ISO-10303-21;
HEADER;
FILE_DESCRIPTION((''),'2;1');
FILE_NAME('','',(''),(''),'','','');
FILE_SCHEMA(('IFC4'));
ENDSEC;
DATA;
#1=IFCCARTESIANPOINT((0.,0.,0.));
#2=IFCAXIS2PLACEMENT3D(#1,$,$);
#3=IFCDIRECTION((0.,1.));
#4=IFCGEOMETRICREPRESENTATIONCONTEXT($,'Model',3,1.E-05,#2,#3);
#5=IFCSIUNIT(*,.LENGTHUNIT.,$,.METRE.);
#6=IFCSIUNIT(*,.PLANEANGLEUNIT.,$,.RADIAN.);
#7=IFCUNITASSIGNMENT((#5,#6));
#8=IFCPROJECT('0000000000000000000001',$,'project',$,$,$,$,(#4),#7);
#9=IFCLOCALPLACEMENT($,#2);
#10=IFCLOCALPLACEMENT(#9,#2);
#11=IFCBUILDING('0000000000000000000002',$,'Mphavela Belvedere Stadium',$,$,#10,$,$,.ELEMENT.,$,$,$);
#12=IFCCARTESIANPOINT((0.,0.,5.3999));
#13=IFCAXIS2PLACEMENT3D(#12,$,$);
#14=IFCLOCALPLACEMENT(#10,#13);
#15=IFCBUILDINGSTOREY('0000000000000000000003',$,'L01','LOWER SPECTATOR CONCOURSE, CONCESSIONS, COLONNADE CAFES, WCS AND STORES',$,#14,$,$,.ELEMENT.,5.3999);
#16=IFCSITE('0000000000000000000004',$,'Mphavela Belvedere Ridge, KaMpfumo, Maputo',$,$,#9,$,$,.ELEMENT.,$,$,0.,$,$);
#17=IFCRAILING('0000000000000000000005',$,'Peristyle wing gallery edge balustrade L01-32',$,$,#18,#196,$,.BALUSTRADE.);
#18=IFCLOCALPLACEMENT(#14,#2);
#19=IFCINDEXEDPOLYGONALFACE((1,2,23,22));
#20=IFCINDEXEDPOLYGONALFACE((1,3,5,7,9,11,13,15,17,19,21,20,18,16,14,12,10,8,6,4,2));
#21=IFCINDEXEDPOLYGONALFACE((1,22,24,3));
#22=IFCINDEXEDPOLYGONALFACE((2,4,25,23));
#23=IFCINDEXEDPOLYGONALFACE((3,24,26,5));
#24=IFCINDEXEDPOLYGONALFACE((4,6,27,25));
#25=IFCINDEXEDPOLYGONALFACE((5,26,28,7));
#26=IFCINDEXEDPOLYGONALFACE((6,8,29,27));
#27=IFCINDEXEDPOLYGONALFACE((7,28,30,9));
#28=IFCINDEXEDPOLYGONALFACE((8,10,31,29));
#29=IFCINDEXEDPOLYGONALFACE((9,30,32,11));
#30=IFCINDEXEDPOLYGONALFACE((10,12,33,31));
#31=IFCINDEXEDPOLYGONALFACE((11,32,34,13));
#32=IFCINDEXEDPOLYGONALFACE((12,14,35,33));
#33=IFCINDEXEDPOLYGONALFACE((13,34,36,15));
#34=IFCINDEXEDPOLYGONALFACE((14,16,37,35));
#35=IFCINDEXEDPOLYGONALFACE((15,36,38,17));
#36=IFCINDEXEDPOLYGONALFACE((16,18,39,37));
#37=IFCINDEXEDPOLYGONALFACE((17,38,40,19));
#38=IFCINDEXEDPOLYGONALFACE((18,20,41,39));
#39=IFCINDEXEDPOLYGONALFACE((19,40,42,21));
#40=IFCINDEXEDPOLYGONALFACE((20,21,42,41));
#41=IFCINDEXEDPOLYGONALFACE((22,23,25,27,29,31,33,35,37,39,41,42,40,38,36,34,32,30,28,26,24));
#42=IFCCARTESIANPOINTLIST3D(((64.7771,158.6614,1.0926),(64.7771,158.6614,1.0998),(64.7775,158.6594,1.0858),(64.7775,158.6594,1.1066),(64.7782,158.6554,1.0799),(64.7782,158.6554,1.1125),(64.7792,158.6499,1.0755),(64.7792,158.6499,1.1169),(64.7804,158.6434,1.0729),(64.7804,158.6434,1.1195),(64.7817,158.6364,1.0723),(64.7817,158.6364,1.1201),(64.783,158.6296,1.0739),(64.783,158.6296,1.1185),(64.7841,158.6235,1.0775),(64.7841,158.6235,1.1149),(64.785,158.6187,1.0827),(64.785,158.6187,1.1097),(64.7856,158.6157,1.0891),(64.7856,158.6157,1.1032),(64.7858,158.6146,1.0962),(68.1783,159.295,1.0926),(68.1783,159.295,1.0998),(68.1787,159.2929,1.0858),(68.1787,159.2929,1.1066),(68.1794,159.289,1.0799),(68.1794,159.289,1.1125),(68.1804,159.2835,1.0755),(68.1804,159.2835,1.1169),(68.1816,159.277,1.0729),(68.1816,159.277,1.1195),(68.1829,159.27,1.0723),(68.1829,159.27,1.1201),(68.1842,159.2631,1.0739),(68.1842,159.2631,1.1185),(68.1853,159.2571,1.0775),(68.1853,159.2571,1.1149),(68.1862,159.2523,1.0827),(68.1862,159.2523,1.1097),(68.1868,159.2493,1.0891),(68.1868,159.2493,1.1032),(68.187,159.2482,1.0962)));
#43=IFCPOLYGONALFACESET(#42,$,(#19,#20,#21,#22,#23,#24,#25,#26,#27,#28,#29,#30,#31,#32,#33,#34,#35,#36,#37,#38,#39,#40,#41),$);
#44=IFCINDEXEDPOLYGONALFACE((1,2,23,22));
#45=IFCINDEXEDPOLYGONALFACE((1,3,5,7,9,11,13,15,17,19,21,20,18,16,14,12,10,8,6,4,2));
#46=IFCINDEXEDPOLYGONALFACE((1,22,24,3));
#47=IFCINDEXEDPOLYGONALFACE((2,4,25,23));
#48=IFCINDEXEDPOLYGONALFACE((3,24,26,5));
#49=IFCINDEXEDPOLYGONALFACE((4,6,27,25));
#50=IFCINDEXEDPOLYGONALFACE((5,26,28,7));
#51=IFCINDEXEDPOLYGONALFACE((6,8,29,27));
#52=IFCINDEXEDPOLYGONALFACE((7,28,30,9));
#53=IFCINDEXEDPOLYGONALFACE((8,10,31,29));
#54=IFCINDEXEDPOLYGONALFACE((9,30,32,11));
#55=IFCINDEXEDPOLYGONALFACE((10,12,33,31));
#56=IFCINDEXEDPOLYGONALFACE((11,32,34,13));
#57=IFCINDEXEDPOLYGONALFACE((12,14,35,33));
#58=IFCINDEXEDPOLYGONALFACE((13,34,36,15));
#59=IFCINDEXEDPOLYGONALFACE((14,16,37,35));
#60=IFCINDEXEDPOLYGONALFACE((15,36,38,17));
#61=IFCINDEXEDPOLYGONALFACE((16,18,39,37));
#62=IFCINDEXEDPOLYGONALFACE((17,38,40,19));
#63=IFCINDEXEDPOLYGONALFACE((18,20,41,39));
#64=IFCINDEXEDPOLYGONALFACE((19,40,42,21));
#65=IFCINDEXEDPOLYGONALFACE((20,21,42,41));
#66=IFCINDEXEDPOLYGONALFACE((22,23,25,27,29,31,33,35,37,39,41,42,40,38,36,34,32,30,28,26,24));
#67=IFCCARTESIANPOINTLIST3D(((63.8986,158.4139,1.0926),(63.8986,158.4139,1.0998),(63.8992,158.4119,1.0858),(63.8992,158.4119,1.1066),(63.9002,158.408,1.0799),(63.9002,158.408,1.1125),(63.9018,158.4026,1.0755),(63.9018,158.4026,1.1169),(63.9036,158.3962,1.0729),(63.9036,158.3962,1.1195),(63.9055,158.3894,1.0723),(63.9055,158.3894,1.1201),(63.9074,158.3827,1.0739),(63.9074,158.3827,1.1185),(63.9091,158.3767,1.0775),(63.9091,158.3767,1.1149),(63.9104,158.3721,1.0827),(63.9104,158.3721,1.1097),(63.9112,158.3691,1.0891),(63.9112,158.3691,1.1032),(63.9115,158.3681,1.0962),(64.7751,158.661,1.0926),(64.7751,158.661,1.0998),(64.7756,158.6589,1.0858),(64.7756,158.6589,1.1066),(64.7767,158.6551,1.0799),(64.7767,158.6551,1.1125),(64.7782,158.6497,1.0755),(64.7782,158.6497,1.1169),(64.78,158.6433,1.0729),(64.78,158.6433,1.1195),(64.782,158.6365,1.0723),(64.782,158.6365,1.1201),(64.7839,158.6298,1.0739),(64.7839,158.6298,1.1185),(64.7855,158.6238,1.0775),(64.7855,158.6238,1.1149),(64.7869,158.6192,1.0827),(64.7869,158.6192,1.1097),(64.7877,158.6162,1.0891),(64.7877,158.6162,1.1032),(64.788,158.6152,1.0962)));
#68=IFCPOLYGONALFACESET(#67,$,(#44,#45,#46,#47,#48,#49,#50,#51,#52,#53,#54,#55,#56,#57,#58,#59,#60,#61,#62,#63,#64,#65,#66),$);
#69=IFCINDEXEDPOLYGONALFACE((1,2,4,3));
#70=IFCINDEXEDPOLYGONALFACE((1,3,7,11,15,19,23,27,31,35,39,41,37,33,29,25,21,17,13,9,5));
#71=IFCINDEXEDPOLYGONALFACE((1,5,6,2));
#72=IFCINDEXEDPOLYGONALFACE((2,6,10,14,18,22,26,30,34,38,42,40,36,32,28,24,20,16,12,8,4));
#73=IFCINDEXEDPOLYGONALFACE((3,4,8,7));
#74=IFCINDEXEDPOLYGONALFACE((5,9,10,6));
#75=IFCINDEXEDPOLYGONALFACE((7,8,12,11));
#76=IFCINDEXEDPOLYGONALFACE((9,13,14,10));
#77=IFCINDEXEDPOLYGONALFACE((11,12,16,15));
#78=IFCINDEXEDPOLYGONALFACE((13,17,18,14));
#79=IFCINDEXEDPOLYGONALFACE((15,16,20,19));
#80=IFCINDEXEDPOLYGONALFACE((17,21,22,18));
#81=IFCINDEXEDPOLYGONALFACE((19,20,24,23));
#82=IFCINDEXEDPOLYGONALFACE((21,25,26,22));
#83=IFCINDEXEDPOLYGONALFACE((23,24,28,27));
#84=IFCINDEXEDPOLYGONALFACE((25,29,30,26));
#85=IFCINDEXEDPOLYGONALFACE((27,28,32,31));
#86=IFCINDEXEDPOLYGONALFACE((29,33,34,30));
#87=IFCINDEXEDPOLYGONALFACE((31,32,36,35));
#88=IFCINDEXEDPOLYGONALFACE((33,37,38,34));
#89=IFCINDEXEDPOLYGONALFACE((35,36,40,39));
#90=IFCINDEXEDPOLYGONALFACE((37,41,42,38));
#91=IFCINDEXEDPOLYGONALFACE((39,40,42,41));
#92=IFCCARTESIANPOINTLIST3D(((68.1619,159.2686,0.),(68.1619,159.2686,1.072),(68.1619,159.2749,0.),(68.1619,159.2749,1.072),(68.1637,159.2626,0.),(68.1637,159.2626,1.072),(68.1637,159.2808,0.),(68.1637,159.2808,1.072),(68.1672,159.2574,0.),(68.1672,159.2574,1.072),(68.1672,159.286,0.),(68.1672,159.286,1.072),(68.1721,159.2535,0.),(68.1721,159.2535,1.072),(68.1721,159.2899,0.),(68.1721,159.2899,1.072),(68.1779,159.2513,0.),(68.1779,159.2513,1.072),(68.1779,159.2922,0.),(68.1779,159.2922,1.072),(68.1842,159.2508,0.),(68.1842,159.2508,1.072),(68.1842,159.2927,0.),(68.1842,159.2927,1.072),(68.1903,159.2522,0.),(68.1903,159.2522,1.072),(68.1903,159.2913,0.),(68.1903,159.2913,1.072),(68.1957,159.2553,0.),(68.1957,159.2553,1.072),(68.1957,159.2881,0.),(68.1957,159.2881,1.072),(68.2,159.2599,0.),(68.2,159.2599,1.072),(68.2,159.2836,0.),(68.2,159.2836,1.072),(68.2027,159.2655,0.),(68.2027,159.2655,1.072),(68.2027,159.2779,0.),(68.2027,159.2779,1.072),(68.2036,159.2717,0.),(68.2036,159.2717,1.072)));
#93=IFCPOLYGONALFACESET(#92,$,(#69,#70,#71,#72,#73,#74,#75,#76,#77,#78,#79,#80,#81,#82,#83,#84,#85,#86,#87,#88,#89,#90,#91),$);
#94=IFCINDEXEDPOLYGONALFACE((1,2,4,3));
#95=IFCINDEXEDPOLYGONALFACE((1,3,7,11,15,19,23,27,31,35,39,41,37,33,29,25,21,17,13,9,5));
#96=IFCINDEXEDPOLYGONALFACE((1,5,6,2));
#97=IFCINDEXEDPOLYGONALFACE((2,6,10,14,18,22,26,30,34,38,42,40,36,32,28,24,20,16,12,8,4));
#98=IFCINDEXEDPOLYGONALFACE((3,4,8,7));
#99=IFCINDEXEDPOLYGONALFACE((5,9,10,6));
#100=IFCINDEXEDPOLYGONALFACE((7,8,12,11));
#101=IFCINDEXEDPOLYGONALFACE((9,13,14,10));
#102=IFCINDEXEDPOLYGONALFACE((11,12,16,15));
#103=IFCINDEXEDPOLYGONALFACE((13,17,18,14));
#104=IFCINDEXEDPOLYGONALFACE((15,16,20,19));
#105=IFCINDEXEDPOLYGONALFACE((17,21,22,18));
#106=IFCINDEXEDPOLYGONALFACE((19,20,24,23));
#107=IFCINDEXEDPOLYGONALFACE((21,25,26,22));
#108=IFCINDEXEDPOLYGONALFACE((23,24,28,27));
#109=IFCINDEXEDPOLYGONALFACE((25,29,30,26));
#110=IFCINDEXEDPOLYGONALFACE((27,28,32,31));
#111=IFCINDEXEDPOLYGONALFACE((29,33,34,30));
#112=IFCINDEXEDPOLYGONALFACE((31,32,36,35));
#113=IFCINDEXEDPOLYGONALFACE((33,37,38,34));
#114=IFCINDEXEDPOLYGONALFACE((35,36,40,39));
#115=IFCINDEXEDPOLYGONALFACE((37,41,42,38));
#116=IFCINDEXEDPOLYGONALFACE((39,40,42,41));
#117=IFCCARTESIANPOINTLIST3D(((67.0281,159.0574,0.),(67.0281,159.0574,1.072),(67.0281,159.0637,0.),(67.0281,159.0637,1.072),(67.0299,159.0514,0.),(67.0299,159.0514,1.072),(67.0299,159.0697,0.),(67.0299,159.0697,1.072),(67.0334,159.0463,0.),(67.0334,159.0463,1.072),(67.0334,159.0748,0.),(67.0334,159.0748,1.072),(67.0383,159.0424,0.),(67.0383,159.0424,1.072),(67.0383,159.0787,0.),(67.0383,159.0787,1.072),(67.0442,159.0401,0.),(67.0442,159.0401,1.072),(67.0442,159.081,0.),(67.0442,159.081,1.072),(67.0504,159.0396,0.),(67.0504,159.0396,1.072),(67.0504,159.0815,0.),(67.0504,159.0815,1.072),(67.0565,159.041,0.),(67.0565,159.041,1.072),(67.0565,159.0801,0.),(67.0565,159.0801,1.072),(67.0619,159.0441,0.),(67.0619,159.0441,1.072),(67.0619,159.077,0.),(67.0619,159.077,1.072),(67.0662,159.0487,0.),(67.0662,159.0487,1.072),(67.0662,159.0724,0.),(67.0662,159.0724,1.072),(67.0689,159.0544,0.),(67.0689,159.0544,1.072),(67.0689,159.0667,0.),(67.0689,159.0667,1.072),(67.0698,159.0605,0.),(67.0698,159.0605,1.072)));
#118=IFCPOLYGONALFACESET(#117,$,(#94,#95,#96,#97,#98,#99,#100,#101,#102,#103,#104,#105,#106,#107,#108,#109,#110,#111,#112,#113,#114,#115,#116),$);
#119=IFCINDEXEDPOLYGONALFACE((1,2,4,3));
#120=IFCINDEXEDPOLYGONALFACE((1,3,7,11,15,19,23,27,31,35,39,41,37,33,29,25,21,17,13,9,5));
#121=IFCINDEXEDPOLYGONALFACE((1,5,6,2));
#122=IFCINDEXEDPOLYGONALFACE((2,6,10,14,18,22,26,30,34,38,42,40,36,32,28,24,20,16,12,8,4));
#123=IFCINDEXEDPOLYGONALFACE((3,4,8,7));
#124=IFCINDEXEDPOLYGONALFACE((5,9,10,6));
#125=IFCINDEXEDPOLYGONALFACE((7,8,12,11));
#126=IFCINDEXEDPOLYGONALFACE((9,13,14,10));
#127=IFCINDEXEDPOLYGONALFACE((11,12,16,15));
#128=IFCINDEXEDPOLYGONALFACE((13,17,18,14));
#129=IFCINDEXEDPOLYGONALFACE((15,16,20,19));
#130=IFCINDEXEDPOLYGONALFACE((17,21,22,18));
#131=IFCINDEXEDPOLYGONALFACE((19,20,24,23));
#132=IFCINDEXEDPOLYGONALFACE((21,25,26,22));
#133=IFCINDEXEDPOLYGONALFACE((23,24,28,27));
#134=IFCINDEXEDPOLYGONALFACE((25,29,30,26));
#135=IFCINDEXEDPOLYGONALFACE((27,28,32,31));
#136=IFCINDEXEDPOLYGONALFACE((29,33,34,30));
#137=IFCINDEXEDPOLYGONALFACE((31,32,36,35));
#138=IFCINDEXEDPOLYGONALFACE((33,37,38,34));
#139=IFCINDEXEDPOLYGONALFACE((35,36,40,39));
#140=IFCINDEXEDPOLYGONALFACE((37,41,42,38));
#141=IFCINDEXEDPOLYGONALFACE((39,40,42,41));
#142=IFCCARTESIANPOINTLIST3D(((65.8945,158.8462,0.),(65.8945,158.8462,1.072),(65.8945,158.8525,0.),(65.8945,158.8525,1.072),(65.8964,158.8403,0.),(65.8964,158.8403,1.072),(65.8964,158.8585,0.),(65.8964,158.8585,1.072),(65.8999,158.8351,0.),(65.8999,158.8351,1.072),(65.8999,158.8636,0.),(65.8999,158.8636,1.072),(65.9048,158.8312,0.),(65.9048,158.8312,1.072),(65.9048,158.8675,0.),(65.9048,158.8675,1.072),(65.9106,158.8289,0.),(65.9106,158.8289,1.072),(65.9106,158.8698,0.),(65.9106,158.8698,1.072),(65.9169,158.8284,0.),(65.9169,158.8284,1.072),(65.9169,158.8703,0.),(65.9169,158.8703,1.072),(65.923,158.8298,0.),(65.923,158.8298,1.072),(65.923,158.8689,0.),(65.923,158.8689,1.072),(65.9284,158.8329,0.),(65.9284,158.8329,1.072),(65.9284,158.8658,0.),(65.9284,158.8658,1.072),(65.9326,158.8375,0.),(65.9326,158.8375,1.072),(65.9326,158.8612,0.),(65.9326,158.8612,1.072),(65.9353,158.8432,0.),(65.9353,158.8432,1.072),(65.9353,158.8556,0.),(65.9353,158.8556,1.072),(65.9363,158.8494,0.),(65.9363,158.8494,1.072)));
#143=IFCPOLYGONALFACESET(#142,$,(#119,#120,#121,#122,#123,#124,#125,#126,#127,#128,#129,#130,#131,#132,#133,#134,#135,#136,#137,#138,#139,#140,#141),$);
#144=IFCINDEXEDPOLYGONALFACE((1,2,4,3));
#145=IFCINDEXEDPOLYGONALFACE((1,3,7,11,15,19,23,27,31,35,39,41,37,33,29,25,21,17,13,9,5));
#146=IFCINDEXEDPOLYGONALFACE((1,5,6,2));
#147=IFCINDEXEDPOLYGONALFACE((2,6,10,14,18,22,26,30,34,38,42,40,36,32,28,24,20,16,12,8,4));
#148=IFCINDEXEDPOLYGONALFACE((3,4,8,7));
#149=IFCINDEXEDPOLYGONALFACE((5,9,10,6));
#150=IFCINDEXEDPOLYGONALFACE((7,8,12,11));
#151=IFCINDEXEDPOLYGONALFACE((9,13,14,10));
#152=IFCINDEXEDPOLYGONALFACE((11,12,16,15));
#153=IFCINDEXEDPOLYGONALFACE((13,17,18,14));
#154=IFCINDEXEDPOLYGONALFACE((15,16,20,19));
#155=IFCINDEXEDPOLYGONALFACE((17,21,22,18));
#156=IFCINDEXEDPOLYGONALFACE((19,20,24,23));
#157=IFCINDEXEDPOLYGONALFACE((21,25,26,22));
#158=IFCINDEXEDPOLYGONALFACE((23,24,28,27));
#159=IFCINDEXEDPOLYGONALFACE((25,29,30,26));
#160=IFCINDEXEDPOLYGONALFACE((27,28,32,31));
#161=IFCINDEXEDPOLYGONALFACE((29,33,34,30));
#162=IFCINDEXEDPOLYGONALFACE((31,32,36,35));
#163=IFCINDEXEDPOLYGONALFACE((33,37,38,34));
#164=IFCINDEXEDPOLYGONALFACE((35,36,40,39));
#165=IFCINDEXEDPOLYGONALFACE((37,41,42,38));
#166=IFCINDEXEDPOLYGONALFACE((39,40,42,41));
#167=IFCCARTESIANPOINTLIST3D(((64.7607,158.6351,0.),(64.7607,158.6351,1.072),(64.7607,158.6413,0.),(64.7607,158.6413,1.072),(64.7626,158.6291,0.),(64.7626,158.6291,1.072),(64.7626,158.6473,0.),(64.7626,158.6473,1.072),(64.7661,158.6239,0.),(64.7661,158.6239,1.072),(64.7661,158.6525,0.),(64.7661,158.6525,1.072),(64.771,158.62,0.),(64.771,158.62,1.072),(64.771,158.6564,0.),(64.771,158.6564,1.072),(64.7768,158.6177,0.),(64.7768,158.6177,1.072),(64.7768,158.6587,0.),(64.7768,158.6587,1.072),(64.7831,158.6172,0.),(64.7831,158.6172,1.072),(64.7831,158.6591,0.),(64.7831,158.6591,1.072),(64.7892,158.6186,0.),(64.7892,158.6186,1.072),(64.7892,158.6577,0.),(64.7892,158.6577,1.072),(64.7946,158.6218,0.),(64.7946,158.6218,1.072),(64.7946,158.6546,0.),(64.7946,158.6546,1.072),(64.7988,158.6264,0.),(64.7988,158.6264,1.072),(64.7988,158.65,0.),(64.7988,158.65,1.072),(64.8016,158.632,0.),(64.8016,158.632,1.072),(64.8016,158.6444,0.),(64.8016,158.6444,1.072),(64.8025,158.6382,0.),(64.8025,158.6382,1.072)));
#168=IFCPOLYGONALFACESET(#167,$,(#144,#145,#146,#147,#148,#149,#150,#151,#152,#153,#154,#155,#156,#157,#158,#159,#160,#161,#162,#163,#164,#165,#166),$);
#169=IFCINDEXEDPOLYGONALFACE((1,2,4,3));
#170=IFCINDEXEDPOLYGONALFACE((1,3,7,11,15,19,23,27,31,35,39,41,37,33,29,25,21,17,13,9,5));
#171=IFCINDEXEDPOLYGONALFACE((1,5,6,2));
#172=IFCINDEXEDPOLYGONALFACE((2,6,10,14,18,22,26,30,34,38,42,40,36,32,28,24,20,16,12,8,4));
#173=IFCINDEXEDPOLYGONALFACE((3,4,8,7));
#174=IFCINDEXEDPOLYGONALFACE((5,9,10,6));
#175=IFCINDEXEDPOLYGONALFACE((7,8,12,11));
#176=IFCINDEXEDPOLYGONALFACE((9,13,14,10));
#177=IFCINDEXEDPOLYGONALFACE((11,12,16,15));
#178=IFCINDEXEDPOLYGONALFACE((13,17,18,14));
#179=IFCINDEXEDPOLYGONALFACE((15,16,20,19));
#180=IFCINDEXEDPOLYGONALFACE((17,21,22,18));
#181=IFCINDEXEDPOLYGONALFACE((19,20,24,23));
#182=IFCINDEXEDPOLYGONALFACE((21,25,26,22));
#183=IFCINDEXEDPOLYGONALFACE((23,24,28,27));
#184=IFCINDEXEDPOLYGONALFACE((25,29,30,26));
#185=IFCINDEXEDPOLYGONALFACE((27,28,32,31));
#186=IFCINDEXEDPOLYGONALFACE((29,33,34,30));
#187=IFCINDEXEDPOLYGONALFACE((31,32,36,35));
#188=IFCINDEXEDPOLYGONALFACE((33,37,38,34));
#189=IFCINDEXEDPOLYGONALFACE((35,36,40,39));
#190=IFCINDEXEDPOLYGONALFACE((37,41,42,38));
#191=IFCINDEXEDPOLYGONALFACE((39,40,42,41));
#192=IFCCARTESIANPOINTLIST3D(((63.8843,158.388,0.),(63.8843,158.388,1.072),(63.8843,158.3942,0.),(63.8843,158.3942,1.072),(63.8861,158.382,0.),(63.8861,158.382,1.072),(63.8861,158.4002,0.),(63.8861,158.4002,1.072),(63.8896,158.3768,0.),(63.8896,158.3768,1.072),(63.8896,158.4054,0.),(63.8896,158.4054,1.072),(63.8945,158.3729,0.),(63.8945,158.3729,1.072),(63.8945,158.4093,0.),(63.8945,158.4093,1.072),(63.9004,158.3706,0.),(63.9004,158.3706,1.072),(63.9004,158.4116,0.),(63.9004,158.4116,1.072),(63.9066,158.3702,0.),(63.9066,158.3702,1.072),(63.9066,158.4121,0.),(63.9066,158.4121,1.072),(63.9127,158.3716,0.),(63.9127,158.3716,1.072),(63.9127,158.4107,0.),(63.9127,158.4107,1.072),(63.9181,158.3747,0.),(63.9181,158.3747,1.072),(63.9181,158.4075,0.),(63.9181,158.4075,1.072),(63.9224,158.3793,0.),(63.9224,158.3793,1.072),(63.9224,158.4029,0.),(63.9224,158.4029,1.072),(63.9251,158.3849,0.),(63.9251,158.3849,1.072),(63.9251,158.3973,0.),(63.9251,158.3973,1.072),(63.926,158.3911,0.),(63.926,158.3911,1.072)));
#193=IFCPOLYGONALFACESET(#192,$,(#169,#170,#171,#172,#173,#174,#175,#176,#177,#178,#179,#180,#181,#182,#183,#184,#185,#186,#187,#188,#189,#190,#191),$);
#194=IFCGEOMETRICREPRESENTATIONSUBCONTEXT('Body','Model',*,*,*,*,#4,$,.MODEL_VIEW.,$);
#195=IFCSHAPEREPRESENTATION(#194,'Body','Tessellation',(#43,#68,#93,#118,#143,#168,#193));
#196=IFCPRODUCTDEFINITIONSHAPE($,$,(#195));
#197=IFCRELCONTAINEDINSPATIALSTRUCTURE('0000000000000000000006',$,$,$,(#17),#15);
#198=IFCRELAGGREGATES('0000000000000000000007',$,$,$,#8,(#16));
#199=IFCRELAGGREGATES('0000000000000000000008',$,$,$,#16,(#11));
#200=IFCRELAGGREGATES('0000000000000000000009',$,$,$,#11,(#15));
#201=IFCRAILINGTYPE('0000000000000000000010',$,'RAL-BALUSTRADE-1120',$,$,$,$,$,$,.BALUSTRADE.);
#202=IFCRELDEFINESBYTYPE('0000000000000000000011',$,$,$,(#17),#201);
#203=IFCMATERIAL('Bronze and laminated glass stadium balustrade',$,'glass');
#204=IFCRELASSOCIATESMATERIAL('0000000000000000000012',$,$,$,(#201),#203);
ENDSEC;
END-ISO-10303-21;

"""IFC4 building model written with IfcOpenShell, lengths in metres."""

from ifc_helpers import new_model, si_unit, direction, frame, origin, origin_2d, place, context, subcontext, project, spatial, circle, extrude, material, type_object, element, save


model = new_model("IFC4")

# Units and contexts
model_context = context("Model", 3, precision=1e-05, world=origin(), true_north=direction((0.0, 1.0)))
body_context = subcontext(model_context, "Body", "Model", "MODEL_VIEW")
ifc_project = project(units=[si_unit("LENGTHUNIT", "METRE"), si_unit("PLANEANGLEUNIT", "RADIAN")], contexts=[model_context])

# Site, building, storey
site_placement = place(None, origin())
site = spatial("IfcSite", under=ifc_project, at=site_placement, Name="Mphavela Belvedere Ridge, KaMpfumo, Maputo", CompositionType="ELEMENT", RefElevation=0.0)
building_placement = place(site_placement, origin())
building = spatial("IfcBuilding", under=site, at=building_placement, Name="Mphavela Belvedere Stadium", CompositionType="ELEMENT")
storey_placement = place(building_placement, frame((0.0, 0.0, 5.3999)))
storey = spatial("IfcBuildingStorey", under=building, at=storey_placement, Name="L01", Description="LOWER SPECTATOR CONCOURSE, CONCESSIONS, COLONNADE CAFES, WCS AND STORES", CompositionType="ELEMENT", Elevation=5.3999)

# Railing
ifc_material_1 = material(Name="Bronze and laminated glass stadium balustrade", Category="glass")
railing_type_1 = type_object("IfcRailingType", Name="RAL-BALUSTRADE-1120", PredefinedType="BALUSTRADE", material=ifc_material_1)
railing_1_placement = place(storey_placement, frame((68.1826, 159.2717, 0.0)))
element("IfcRailing", 1, at=railing_1_placement, inside=storey, type_object=railing_type_1, Name="Peristyle wing gallery edge balustrade L01-32", PredefinedType="BALUSTRADE", context=body_context, shape_type="SweptSolid", body=[
    extrude(circle(Radius=0.0239, at=origin_2d()), frame((0.0, 0.0, 1.0962), z_axis=(-0.98309, -0.183125, 0.0), x_axis=(0.183125, -0.98309, 0.0)), (0.0, 0.0, 1.0), 3.4597),
    extrude(circle(Radius=0.0239, at=origin_2d()), frame((-3.4011, -0.6335, 1.0962), z_axis=(-0.962489, -0.27132, 0.0), x_axis=(0.27132, -0.962489, 0.0)), (0.0, 0.0, 1.0), 0.9106),
    extrude(circle(Radius=0.021, at=origin_2d()), origin(), (0.0, 0.0, 1.0), 1.072),
    extrude(circle(Radius=0.021, at=origin_2d()), frame((-1.1338, -0.2112, 0.0)), (0.0, 0.0, 1.0), 1.072),
    extrude(circle(Radius=0.021, at=origin_2d()), frame((-2.2673, -0.4224, 0.0)), (0.0, 0.0, 1.0), 1.072),
    extrude(circle(Radius=0.021, at=origin_2d()), frame((-3.4011, -0.6335, 0.0)), (0.0, 0.0, 1.0), 1.072),
    extrude(circle(Radius=0.021, at=origin_2d()), frame((-4.2776, -0.8806, 0.0)), (0.0, 0.0, 1.0), 1.072),
])

save(model, "model.ifc")
